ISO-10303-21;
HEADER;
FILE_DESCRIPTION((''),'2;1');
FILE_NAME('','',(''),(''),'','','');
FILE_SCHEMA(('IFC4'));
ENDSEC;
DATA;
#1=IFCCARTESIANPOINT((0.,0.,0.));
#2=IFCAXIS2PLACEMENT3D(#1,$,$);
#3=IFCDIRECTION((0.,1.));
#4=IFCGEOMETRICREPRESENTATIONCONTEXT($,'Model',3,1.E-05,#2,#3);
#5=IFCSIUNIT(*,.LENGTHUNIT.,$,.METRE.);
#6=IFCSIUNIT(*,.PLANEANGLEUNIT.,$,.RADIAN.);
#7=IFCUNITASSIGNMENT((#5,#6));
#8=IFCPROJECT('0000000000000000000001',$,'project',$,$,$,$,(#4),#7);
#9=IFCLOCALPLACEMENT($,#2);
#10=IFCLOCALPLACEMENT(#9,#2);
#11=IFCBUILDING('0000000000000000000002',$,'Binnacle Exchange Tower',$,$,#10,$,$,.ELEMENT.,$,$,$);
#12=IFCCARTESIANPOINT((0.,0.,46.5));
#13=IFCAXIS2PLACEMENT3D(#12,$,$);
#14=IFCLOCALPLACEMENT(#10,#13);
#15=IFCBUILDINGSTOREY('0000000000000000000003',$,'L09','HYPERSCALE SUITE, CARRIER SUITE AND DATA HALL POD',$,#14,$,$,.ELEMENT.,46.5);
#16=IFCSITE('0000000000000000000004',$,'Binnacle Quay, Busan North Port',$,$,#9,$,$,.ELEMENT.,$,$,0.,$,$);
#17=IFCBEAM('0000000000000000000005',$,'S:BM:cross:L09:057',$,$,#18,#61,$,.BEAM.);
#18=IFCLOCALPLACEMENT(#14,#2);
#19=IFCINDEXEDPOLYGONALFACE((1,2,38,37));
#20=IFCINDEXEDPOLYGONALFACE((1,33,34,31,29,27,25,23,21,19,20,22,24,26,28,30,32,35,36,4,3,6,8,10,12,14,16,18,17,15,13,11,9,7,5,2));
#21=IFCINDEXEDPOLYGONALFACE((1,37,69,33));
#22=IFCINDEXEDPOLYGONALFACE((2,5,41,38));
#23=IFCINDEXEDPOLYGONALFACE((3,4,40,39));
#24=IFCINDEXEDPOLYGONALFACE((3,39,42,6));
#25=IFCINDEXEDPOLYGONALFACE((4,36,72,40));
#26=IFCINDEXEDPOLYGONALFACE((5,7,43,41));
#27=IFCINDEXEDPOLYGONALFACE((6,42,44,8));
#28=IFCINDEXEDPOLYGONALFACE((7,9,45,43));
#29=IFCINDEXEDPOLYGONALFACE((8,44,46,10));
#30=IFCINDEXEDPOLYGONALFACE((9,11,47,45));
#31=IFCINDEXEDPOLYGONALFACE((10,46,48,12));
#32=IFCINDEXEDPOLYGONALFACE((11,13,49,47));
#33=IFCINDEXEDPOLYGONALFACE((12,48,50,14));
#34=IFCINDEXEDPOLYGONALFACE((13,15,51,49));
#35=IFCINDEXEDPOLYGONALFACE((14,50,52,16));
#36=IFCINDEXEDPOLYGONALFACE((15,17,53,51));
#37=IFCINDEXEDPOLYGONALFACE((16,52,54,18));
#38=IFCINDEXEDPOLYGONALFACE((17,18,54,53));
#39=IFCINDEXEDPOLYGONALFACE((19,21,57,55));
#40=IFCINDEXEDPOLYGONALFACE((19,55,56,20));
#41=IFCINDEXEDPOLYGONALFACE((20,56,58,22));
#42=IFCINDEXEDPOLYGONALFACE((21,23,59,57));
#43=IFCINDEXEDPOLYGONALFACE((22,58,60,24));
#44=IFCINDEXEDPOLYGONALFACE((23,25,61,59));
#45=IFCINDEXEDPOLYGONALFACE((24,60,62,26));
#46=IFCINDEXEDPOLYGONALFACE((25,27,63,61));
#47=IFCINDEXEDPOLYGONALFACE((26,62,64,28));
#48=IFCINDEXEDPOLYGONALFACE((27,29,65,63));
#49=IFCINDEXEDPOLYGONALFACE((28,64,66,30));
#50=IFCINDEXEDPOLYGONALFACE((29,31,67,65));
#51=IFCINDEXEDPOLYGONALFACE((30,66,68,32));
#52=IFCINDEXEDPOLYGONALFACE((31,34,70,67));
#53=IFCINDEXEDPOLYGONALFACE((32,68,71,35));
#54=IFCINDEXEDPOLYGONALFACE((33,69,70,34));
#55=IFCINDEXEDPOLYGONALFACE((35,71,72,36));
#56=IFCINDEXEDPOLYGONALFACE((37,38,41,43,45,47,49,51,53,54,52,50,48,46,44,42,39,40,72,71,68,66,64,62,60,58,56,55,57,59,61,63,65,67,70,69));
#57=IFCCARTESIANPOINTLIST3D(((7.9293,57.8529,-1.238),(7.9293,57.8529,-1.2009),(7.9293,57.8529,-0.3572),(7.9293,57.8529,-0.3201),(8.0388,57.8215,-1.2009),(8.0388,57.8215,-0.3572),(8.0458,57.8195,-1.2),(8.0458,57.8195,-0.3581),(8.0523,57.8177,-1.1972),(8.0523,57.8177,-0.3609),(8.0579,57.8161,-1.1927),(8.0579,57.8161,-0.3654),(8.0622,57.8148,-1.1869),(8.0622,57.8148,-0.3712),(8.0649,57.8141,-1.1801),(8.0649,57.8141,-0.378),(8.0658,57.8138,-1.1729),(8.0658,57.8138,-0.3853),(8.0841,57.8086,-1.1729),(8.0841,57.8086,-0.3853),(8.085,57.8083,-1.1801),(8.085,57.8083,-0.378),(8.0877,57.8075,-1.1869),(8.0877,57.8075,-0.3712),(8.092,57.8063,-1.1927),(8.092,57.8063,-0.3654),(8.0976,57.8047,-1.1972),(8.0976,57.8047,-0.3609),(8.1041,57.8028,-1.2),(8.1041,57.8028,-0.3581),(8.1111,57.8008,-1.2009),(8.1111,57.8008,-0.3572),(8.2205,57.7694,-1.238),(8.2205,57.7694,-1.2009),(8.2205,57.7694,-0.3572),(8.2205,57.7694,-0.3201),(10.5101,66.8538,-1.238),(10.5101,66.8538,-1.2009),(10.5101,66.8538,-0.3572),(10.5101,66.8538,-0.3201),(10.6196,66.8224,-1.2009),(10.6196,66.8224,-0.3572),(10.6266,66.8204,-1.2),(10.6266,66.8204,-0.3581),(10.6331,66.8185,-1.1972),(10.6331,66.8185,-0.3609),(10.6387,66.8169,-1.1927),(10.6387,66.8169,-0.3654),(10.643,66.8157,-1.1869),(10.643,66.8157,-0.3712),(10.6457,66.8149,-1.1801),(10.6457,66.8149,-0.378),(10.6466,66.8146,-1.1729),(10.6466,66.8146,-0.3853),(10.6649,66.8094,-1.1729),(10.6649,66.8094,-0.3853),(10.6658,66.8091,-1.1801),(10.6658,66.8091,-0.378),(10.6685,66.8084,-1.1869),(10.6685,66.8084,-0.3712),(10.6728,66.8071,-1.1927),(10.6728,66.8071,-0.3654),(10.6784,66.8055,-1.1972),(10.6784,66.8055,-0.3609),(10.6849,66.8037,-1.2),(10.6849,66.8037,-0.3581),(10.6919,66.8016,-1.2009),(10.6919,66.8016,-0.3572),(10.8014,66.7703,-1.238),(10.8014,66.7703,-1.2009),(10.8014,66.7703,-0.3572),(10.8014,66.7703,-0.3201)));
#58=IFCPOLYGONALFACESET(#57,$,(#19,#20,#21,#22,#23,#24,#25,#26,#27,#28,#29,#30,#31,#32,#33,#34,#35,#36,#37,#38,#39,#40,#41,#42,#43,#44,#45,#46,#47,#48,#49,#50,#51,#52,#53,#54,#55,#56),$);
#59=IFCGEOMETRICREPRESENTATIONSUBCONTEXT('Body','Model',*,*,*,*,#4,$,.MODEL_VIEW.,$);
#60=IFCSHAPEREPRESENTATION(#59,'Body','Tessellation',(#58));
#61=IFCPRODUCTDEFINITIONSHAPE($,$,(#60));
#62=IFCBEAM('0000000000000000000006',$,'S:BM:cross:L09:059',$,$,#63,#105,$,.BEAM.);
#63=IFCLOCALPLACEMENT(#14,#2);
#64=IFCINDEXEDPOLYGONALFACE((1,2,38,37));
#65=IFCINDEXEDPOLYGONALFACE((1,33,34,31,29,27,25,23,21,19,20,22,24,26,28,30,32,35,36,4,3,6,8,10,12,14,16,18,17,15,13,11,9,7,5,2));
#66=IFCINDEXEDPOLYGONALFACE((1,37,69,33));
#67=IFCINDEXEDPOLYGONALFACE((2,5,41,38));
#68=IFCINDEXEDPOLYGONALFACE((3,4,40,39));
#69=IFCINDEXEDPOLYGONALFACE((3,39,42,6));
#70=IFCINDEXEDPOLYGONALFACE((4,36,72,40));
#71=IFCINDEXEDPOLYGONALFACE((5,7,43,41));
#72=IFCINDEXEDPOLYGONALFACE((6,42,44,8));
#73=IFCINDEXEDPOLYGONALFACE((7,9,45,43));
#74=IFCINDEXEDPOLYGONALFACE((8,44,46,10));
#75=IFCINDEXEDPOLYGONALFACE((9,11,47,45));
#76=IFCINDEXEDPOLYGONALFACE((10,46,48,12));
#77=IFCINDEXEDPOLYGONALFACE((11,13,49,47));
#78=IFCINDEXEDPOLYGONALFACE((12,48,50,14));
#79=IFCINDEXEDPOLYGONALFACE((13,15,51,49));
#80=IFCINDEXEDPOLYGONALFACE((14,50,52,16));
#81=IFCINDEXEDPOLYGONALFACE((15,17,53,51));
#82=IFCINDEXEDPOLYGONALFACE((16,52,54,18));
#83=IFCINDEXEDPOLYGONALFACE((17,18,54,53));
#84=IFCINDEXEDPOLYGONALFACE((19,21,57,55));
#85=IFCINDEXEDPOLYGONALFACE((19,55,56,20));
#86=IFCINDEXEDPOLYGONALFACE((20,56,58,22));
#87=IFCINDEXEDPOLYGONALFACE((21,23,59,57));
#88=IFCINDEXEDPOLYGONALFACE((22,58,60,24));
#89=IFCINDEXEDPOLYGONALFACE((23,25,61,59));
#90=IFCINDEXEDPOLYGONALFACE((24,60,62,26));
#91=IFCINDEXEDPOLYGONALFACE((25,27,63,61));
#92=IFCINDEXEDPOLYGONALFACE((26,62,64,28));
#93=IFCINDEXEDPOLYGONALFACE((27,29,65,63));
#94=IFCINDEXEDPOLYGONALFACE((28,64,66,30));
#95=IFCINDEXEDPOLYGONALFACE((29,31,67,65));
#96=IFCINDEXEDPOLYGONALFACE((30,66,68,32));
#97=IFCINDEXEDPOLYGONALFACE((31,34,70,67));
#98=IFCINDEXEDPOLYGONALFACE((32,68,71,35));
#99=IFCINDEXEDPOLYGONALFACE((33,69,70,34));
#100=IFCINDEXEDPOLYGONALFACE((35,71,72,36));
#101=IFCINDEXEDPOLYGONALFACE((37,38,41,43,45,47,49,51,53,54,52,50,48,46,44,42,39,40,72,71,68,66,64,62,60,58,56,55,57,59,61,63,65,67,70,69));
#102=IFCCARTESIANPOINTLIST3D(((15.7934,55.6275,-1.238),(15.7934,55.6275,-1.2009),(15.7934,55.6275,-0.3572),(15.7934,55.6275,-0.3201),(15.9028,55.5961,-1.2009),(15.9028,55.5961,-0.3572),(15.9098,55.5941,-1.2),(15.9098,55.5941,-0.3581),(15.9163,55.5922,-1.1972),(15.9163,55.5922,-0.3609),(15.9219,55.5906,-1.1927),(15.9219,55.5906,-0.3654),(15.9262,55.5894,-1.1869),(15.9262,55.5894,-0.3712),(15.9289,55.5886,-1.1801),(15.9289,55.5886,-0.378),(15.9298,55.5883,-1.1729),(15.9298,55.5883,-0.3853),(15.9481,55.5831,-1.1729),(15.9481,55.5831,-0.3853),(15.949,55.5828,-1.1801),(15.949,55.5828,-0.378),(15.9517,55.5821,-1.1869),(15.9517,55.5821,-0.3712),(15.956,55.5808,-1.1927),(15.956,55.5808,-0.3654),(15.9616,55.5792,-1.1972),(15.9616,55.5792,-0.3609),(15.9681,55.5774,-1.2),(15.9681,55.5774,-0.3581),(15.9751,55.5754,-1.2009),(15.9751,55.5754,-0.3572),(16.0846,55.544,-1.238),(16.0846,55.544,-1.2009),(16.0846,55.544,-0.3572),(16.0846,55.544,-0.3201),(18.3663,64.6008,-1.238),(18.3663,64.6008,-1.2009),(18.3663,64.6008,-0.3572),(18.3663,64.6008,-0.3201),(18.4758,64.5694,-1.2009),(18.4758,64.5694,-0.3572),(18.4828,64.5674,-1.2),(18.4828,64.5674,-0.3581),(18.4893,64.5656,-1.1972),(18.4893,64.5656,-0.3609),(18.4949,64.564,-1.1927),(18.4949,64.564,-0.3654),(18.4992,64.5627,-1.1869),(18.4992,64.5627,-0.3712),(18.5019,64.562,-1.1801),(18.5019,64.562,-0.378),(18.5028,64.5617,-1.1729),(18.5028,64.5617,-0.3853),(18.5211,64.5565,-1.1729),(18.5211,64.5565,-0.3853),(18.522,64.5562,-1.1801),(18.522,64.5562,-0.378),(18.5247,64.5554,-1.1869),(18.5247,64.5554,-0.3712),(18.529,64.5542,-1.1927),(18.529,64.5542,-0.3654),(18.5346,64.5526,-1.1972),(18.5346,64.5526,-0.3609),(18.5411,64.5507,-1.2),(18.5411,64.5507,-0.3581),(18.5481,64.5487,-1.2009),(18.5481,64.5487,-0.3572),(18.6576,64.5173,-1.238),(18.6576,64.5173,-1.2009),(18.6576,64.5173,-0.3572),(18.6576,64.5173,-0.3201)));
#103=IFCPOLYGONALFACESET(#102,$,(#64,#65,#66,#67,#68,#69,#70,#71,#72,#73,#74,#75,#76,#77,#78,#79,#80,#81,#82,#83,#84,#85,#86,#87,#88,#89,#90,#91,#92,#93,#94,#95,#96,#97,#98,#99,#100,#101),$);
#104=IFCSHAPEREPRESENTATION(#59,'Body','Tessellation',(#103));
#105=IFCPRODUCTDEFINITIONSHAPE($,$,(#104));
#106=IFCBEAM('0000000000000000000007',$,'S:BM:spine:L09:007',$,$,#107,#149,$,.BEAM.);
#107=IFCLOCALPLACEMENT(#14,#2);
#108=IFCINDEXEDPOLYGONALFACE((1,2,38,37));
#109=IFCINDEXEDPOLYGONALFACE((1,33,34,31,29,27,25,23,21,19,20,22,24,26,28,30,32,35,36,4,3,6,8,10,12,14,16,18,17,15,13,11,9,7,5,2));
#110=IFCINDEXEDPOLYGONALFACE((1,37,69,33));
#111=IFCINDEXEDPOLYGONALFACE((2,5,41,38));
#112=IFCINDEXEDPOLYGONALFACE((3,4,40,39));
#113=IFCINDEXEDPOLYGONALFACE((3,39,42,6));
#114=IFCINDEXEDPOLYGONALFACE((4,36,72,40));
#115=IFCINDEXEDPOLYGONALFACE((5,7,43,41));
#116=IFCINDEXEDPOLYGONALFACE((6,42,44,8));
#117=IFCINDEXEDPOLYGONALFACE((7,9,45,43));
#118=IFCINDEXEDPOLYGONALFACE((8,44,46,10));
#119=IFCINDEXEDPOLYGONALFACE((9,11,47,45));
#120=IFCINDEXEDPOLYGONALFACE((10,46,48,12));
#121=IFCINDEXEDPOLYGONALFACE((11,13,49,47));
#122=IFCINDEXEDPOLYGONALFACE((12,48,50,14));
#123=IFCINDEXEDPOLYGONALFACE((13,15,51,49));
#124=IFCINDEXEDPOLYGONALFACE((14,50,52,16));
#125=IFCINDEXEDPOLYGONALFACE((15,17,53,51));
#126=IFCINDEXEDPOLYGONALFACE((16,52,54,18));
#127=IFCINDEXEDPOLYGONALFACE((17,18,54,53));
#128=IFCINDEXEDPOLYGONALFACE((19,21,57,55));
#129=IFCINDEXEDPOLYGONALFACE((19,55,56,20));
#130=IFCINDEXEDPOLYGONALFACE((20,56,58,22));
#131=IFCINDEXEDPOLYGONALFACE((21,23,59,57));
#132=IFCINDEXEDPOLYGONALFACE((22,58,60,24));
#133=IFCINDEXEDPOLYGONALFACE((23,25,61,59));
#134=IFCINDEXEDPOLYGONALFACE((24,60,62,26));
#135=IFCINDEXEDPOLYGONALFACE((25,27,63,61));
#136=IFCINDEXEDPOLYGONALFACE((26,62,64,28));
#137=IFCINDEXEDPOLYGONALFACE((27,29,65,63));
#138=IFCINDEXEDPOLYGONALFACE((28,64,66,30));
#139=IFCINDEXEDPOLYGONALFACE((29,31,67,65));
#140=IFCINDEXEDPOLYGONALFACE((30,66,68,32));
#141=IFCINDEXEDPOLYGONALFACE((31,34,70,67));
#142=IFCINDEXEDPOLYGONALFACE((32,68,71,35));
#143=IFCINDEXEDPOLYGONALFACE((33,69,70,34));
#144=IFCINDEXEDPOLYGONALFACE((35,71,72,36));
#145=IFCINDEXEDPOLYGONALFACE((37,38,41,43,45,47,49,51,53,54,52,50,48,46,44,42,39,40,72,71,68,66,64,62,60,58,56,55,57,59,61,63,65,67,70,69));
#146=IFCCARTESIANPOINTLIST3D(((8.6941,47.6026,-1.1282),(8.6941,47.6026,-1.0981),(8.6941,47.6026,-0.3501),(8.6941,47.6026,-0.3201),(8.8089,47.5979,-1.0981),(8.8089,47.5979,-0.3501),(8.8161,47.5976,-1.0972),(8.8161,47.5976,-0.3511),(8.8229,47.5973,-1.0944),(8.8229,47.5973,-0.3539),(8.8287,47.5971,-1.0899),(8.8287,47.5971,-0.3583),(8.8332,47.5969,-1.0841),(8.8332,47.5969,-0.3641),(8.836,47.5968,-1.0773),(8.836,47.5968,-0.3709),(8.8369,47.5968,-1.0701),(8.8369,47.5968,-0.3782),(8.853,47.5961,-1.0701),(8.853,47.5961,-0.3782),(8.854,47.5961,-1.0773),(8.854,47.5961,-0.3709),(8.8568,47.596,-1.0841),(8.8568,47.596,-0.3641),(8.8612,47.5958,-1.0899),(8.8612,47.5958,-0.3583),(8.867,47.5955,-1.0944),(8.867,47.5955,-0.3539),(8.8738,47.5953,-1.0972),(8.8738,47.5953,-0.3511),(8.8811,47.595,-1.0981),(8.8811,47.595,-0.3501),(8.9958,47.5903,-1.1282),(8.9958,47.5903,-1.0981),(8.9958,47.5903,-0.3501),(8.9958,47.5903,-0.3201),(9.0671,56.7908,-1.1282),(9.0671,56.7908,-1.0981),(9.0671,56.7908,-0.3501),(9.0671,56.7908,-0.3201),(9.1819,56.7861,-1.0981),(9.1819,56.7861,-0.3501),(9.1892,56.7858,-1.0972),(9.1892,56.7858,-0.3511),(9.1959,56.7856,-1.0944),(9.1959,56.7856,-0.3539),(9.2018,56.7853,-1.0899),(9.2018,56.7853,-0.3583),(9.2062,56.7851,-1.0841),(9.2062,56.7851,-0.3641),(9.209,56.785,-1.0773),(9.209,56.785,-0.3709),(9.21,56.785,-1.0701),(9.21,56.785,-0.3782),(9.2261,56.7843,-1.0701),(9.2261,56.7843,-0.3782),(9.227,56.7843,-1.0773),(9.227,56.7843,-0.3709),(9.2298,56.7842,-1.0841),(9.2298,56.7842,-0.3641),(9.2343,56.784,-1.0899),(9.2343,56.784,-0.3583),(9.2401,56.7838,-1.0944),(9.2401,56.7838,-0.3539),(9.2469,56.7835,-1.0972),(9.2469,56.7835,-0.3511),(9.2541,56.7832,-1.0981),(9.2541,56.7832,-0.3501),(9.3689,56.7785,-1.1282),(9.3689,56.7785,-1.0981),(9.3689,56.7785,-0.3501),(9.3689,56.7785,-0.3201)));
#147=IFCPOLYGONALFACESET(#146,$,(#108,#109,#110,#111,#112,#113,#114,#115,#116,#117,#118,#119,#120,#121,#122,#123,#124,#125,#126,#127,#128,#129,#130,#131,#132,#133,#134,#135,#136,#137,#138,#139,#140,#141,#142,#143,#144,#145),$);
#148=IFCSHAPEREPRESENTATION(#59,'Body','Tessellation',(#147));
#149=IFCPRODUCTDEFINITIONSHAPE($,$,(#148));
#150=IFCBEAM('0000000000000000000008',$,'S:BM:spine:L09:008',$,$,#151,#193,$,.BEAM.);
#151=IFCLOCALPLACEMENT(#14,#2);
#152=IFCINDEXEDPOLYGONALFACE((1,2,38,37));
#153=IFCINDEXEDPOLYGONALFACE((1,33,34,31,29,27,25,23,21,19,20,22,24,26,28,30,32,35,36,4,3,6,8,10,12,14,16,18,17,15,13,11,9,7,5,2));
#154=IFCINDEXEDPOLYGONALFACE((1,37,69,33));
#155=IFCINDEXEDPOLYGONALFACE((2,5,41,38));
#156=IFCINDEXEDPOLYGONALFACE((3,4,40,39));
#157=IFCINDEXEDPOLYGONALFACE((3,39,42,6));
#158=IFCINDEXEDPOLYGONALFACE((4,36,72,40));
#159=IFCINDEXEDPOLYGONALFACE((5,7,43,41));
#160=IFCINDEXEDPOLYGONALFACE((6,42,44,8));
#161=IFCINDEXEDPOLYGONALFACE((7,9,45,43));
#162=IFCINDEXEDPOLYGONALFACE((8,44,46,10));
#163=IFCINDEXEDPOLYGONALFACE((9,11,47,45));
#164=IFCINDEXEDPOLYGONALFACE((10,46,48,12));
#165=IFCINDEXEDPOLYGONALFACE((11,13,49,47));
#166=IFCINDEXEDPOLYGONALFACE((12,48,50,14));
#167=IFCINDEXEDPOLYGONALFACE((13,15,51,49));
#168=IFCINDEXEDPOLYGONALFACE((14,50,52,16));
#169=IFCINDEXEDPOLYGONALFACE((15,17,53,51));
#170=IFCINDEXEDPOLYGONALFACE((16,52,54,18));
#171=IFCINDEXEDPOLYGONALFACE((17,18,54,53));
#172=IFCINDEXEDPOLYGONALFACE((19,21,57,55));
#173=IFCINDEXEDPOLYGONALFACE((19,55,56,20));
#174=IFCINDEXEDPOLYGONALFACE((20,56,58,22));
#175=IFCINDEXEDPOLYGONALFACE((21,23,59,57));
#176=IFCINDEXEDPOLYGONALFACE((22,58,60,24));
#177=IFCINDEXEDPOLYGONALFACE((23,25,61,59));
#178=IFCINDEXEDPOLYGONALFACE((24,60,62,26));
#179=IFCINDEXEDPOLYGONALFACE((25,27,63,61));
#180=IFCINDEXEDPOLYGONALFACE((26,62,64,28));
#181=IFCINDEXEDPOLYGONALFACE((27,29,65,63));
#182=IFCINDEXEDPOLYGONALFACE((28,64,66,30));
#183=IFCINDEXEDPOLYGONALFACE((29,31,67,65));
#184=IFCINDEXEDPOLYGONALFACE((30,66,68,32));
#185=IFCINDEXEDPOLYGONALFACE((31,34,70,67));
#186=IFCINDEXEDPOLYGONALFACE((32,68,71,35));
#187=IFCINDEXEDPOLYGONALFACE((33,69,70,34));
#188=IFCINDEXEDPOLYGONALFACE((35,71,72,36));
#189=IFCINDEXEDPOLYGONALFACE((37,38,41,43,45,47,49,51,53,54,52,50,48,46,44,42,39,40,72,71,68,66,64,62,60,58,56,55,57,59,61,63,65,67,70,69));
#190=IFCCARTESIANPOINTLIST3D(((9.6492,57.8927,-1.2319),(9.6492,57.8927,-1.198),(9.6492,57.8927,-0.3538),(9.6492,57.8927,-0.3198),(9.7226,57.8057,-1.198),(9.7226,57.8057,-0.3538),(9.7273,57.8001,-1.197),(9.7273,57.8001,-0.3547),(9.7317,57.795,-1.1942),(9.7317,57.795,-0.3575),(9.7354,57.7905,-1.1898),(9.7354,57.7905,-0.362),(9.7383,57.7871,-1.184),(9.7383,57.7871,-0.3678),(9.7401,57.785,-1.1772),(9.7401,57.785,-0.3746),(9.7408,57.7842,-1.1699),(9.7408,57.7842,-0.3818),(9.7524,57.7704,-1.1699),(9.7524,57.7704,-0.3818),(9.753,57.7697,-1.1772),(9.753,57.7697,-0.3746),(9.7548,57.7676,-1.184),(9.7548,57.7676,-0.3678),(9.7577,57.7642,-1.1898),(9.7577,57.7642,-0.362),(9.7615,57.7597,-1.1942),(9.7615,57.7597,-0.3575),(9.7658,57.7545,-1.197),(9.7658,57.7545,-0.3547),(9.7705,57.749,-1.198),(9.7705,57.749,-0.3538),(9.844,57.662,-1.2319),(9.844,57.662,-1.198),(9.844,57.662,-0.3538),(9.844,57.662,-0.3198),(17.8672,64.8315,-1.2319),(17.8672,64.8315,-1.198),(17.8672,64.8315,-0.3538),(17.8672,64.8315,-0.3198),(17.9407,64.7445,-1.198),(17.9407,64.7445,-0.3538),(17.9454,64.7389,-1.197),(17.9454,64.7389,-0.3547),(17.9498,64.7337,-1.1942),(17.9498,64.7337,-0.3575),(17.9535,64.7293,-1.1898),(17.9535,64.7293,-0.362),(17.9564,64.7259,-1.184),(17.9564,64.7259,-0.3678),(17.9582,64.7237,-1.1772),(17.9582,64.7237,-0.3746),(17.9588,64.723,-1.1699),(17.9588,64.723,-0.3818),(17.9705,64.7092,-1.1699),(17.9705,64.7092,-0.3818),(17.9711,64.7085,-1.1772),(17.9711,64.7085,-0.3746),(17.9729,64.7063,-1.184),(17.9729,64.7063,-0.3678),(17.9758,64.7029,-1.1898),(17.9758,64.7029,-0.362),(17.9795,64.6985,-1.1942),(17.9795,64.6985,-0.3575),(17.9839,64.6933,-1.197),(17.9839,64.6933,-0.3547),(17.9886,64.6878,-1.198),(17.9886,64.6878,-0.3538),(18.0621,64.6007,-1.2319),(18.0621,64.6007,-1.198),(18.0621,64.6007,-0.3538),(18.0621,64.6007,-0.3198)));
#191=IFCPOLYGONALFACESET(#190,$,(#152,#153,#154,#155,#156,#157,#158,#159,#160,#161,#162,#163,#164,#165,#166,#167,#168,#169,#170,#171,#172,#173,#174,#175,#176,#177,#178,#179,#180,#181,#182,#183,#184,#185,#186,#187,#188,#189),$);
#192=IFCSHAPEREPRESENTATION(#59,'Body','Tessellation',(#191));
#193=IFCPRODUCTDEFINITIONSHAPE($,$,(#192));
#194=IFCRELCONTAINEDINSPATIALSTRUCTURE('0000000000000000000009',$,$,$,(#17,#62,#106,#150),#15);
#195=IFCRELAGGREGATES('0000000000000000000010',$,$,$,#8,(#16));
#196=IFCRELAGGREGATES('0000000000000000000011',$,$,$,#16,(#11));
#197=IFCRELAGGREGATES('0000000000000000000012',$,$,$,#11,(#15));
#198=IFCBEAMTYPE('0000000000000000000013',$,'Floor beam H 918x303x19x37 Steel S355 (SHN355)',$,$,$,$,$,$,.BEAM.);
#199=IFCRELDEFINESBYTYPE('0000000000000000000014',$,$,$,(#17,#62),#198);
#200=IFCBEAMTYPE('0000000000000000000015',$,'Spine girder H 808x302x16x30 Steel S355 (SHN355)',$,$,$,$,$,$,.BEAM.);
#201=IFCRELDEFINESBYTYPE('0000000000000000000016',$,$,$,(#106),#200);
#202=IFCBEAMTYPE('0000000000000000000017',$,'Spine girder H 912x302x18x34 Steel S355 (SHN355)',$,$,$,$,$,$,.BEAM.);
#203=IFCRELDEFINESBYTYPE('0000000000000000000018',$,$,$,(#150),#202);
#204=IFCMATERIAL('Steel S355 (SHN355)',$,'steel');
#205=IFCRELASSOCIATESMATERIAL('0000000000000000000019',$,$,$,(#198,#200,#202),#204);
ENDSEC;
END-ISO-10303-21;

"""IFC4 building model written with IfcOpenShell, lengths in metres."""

from ifc_helpers import new_model, si_unit, direction, frame, origin, origin_2d, place, context, subcontext, project, spatial, i_section, extrude, material, material_profile, profile_set, type_object, element, save


model = new_model("IFC4")

# Units and contexts
model_context = context("Model", 3, precision=1e-05, world=origin(), true_north=direction((0.0, 1.0)))
body_context = subcontext(model_context, "Body", "Model", "MODEL_VIEW")
ifc_project = project(units=[si_unit("LENGTHUNIT", "METRE"), si_unit("PLANEANGLEUNIT", "RADIAN")], contexts=[model_context])

# Site, building, storey
site_placement = place(None, origin())
site = spatial("IfcSite", under=ifc_project, at=site_placement, Name="Binnacle Quay, Busan North Port", CompositionType="ELEMENT", RefElevation=0.0)
building_placement = place(site_placement, origin())
building = spatial("IfcBuilding", under=site, at=building_placement, Name="Binnacle Exchange Tower", CompositionType="ELEMENT")
storey_placement = place(building_placement, frame((0.0, 0.0, 46.5)))
storey = spatial("IfcBuildingStorey", under=building, at=storey_placement, Name="L09", Description="HYPERSCALE SUITE, CARRIER SUITE AND DATA HALL POD", CompositionType="ELEMENT", Elevation=46.5)

# Beams
ifc_material_1 = material(Name="Steel S355 (SHN355)", Category="steel")
ifc_material_profile_1 = material_profile(ifc_material_1, i_section(OverallWidth=0.303, OverallDepth=0.918, WebThickness=0.019, FlangeThickness=0.0371, FilletRadius=0.0281, at=origin_2d()), Name="H 918x303x19x37")
ifc_profile_set_1 = profile_set([ifc_material_profile_1], Name="Steel S355 (SHN355)")
beam_type_1 = type_object("IfcBeamType", Name="Floor beam H 918x303x19x37 Steel S355 (SHN355)", PredefinedType="BEAM", material=ifc_profile_set_1)
beam_1_placement = place(storey_placement, frame((10.6558, 66.812, -0.7791), z_axis=(-0.275627, -0.961265, 0.0), x_axis=(0.961265, -0.275627, 0.0)))
element("IfcBeam", 1, at=beam_1_placement, inside=storey, type_object=beam_type_1, Name="S:BM:cross:L09:057", PredefinedType="BEAM", context=body_context, shape_type="SweptSolid", body=[
    extrude(i_section(OverallWidth=0.303, OverallDepth=0.918, WebThickness=0.019, FlangeThickness=0.0371, FilletRadius=0.0281, at=origin_2d()), origin(), (0.0, 0.0, 1.0), 9.3635),
])
beam_2_placement = place(storey_placement, frame((18.512, 64.5591, -0.7791), z_axis=(-0.275629, -0.961264, 0.0), x_axis=(0.961264, -0.275629, 0.0)))
element("IfcBeam", 2, at=beam_2_placement, inside=storey, type_object=beam_type_1, Name="S:BM:cross:L09:059", PredefinedType="BEAM", context=body_context, shape_type="SweptSolid", body=[
    extrude(i_section(OverallWidth=0.303, OverallDepth=0.918, WebThickness=0.019, FlangeThickness=0.0371, FilletRadius=0.0281, at=origin_2d()), origin(), (0.0, 0.0, 1.0), 9.335),
])
ifc_material_profile_2 = material_profile(ifc_material_1, i_section(OverallWidth=0.302, OverallDepth=0.8081, WebThickness=0.0161, FlangeThickness=0.03, FilletRadius=0.0281, at=origin_2d()), Name="H 808x302x16x30")
ifc_profile_set_2 = profile_set([ifc_material_profile_2], Name="Steel S355 (SHN355)")
beam_type_2 = type_object("IfcBeamType", Name="Spine girder H 808x302x16x30 Steel S355 (SHN355)", PredefinedType="BEAM", material=ifc_profile_set_2)
beam_3_placement = place(storey_placement, frame((9.218, 56.7847, -0.7241), z_axis=(-0.040567, -0.999177, 0.0), x_axis=(0.999177, -0.040567, 0.0)))
element("IfcBeam", 3, at=beam_3_placement, inside=storey, type_object=beam_type_2, Name="S:BM:spine:L09:007", PredefinedType="BEAM", context=body_context, shape_type="SweptSolid", body=[
    extrude(i_section(OverallWidth=0.302, OverallDepth=0.8081, WebThickness=0.0161, FlangeThickness=0.03, FilletRadius=0.0281, at=origin_2d()), origin(), (0.0, 0.0, 1.0), 9.1958),
])
ifc_material_profile_3 = material_profile(ifc_material_1, i_section(OverallWidth=0.302, OverallDepth=0.9121, WebThickness=0.0181, FlangeThickness=0.0339, FilletRadius=0.0281, at=origin_2d()), Name="H 912x302x18x34")
ifc_profile_set_3 = profile_set([ifc_material_profile_3], Name="Steel S355 (SHN355)")
beam_type_3 = type_object("IfcBeamType", Name="Spine girder H 912x302x18x34 Steel S355 (SHN355)", PredefinedType="BEAM", material=ifc_profile_set_3)
beam_4_placement = place(storey_placement, frame((9.7466, 57.7773, -0.7759), z_axis=(0.764073, 0.64513, 0.0), x_axis=(-0.64513, 0.764073, 0.0)))
element("IfcBeam", 4, at=beam_4_placement, inside=storey, type_object=beam_type_3, Name="S:BM:spine:L09:008", PredefinedType="BEAM", context=body_context, shape_type="SweptSolid", body=[
    extrude(i_section(OverallWidth=0.302, OverallDepth=0.9121, WebThickness=0.0181, FlangeThickness=0.0339, FilletRadius=0.0281, at=origin_2d()), origin(), (0.0, 0.0, 1.0), 10.7556),
])

save(model, "model.ifc")
